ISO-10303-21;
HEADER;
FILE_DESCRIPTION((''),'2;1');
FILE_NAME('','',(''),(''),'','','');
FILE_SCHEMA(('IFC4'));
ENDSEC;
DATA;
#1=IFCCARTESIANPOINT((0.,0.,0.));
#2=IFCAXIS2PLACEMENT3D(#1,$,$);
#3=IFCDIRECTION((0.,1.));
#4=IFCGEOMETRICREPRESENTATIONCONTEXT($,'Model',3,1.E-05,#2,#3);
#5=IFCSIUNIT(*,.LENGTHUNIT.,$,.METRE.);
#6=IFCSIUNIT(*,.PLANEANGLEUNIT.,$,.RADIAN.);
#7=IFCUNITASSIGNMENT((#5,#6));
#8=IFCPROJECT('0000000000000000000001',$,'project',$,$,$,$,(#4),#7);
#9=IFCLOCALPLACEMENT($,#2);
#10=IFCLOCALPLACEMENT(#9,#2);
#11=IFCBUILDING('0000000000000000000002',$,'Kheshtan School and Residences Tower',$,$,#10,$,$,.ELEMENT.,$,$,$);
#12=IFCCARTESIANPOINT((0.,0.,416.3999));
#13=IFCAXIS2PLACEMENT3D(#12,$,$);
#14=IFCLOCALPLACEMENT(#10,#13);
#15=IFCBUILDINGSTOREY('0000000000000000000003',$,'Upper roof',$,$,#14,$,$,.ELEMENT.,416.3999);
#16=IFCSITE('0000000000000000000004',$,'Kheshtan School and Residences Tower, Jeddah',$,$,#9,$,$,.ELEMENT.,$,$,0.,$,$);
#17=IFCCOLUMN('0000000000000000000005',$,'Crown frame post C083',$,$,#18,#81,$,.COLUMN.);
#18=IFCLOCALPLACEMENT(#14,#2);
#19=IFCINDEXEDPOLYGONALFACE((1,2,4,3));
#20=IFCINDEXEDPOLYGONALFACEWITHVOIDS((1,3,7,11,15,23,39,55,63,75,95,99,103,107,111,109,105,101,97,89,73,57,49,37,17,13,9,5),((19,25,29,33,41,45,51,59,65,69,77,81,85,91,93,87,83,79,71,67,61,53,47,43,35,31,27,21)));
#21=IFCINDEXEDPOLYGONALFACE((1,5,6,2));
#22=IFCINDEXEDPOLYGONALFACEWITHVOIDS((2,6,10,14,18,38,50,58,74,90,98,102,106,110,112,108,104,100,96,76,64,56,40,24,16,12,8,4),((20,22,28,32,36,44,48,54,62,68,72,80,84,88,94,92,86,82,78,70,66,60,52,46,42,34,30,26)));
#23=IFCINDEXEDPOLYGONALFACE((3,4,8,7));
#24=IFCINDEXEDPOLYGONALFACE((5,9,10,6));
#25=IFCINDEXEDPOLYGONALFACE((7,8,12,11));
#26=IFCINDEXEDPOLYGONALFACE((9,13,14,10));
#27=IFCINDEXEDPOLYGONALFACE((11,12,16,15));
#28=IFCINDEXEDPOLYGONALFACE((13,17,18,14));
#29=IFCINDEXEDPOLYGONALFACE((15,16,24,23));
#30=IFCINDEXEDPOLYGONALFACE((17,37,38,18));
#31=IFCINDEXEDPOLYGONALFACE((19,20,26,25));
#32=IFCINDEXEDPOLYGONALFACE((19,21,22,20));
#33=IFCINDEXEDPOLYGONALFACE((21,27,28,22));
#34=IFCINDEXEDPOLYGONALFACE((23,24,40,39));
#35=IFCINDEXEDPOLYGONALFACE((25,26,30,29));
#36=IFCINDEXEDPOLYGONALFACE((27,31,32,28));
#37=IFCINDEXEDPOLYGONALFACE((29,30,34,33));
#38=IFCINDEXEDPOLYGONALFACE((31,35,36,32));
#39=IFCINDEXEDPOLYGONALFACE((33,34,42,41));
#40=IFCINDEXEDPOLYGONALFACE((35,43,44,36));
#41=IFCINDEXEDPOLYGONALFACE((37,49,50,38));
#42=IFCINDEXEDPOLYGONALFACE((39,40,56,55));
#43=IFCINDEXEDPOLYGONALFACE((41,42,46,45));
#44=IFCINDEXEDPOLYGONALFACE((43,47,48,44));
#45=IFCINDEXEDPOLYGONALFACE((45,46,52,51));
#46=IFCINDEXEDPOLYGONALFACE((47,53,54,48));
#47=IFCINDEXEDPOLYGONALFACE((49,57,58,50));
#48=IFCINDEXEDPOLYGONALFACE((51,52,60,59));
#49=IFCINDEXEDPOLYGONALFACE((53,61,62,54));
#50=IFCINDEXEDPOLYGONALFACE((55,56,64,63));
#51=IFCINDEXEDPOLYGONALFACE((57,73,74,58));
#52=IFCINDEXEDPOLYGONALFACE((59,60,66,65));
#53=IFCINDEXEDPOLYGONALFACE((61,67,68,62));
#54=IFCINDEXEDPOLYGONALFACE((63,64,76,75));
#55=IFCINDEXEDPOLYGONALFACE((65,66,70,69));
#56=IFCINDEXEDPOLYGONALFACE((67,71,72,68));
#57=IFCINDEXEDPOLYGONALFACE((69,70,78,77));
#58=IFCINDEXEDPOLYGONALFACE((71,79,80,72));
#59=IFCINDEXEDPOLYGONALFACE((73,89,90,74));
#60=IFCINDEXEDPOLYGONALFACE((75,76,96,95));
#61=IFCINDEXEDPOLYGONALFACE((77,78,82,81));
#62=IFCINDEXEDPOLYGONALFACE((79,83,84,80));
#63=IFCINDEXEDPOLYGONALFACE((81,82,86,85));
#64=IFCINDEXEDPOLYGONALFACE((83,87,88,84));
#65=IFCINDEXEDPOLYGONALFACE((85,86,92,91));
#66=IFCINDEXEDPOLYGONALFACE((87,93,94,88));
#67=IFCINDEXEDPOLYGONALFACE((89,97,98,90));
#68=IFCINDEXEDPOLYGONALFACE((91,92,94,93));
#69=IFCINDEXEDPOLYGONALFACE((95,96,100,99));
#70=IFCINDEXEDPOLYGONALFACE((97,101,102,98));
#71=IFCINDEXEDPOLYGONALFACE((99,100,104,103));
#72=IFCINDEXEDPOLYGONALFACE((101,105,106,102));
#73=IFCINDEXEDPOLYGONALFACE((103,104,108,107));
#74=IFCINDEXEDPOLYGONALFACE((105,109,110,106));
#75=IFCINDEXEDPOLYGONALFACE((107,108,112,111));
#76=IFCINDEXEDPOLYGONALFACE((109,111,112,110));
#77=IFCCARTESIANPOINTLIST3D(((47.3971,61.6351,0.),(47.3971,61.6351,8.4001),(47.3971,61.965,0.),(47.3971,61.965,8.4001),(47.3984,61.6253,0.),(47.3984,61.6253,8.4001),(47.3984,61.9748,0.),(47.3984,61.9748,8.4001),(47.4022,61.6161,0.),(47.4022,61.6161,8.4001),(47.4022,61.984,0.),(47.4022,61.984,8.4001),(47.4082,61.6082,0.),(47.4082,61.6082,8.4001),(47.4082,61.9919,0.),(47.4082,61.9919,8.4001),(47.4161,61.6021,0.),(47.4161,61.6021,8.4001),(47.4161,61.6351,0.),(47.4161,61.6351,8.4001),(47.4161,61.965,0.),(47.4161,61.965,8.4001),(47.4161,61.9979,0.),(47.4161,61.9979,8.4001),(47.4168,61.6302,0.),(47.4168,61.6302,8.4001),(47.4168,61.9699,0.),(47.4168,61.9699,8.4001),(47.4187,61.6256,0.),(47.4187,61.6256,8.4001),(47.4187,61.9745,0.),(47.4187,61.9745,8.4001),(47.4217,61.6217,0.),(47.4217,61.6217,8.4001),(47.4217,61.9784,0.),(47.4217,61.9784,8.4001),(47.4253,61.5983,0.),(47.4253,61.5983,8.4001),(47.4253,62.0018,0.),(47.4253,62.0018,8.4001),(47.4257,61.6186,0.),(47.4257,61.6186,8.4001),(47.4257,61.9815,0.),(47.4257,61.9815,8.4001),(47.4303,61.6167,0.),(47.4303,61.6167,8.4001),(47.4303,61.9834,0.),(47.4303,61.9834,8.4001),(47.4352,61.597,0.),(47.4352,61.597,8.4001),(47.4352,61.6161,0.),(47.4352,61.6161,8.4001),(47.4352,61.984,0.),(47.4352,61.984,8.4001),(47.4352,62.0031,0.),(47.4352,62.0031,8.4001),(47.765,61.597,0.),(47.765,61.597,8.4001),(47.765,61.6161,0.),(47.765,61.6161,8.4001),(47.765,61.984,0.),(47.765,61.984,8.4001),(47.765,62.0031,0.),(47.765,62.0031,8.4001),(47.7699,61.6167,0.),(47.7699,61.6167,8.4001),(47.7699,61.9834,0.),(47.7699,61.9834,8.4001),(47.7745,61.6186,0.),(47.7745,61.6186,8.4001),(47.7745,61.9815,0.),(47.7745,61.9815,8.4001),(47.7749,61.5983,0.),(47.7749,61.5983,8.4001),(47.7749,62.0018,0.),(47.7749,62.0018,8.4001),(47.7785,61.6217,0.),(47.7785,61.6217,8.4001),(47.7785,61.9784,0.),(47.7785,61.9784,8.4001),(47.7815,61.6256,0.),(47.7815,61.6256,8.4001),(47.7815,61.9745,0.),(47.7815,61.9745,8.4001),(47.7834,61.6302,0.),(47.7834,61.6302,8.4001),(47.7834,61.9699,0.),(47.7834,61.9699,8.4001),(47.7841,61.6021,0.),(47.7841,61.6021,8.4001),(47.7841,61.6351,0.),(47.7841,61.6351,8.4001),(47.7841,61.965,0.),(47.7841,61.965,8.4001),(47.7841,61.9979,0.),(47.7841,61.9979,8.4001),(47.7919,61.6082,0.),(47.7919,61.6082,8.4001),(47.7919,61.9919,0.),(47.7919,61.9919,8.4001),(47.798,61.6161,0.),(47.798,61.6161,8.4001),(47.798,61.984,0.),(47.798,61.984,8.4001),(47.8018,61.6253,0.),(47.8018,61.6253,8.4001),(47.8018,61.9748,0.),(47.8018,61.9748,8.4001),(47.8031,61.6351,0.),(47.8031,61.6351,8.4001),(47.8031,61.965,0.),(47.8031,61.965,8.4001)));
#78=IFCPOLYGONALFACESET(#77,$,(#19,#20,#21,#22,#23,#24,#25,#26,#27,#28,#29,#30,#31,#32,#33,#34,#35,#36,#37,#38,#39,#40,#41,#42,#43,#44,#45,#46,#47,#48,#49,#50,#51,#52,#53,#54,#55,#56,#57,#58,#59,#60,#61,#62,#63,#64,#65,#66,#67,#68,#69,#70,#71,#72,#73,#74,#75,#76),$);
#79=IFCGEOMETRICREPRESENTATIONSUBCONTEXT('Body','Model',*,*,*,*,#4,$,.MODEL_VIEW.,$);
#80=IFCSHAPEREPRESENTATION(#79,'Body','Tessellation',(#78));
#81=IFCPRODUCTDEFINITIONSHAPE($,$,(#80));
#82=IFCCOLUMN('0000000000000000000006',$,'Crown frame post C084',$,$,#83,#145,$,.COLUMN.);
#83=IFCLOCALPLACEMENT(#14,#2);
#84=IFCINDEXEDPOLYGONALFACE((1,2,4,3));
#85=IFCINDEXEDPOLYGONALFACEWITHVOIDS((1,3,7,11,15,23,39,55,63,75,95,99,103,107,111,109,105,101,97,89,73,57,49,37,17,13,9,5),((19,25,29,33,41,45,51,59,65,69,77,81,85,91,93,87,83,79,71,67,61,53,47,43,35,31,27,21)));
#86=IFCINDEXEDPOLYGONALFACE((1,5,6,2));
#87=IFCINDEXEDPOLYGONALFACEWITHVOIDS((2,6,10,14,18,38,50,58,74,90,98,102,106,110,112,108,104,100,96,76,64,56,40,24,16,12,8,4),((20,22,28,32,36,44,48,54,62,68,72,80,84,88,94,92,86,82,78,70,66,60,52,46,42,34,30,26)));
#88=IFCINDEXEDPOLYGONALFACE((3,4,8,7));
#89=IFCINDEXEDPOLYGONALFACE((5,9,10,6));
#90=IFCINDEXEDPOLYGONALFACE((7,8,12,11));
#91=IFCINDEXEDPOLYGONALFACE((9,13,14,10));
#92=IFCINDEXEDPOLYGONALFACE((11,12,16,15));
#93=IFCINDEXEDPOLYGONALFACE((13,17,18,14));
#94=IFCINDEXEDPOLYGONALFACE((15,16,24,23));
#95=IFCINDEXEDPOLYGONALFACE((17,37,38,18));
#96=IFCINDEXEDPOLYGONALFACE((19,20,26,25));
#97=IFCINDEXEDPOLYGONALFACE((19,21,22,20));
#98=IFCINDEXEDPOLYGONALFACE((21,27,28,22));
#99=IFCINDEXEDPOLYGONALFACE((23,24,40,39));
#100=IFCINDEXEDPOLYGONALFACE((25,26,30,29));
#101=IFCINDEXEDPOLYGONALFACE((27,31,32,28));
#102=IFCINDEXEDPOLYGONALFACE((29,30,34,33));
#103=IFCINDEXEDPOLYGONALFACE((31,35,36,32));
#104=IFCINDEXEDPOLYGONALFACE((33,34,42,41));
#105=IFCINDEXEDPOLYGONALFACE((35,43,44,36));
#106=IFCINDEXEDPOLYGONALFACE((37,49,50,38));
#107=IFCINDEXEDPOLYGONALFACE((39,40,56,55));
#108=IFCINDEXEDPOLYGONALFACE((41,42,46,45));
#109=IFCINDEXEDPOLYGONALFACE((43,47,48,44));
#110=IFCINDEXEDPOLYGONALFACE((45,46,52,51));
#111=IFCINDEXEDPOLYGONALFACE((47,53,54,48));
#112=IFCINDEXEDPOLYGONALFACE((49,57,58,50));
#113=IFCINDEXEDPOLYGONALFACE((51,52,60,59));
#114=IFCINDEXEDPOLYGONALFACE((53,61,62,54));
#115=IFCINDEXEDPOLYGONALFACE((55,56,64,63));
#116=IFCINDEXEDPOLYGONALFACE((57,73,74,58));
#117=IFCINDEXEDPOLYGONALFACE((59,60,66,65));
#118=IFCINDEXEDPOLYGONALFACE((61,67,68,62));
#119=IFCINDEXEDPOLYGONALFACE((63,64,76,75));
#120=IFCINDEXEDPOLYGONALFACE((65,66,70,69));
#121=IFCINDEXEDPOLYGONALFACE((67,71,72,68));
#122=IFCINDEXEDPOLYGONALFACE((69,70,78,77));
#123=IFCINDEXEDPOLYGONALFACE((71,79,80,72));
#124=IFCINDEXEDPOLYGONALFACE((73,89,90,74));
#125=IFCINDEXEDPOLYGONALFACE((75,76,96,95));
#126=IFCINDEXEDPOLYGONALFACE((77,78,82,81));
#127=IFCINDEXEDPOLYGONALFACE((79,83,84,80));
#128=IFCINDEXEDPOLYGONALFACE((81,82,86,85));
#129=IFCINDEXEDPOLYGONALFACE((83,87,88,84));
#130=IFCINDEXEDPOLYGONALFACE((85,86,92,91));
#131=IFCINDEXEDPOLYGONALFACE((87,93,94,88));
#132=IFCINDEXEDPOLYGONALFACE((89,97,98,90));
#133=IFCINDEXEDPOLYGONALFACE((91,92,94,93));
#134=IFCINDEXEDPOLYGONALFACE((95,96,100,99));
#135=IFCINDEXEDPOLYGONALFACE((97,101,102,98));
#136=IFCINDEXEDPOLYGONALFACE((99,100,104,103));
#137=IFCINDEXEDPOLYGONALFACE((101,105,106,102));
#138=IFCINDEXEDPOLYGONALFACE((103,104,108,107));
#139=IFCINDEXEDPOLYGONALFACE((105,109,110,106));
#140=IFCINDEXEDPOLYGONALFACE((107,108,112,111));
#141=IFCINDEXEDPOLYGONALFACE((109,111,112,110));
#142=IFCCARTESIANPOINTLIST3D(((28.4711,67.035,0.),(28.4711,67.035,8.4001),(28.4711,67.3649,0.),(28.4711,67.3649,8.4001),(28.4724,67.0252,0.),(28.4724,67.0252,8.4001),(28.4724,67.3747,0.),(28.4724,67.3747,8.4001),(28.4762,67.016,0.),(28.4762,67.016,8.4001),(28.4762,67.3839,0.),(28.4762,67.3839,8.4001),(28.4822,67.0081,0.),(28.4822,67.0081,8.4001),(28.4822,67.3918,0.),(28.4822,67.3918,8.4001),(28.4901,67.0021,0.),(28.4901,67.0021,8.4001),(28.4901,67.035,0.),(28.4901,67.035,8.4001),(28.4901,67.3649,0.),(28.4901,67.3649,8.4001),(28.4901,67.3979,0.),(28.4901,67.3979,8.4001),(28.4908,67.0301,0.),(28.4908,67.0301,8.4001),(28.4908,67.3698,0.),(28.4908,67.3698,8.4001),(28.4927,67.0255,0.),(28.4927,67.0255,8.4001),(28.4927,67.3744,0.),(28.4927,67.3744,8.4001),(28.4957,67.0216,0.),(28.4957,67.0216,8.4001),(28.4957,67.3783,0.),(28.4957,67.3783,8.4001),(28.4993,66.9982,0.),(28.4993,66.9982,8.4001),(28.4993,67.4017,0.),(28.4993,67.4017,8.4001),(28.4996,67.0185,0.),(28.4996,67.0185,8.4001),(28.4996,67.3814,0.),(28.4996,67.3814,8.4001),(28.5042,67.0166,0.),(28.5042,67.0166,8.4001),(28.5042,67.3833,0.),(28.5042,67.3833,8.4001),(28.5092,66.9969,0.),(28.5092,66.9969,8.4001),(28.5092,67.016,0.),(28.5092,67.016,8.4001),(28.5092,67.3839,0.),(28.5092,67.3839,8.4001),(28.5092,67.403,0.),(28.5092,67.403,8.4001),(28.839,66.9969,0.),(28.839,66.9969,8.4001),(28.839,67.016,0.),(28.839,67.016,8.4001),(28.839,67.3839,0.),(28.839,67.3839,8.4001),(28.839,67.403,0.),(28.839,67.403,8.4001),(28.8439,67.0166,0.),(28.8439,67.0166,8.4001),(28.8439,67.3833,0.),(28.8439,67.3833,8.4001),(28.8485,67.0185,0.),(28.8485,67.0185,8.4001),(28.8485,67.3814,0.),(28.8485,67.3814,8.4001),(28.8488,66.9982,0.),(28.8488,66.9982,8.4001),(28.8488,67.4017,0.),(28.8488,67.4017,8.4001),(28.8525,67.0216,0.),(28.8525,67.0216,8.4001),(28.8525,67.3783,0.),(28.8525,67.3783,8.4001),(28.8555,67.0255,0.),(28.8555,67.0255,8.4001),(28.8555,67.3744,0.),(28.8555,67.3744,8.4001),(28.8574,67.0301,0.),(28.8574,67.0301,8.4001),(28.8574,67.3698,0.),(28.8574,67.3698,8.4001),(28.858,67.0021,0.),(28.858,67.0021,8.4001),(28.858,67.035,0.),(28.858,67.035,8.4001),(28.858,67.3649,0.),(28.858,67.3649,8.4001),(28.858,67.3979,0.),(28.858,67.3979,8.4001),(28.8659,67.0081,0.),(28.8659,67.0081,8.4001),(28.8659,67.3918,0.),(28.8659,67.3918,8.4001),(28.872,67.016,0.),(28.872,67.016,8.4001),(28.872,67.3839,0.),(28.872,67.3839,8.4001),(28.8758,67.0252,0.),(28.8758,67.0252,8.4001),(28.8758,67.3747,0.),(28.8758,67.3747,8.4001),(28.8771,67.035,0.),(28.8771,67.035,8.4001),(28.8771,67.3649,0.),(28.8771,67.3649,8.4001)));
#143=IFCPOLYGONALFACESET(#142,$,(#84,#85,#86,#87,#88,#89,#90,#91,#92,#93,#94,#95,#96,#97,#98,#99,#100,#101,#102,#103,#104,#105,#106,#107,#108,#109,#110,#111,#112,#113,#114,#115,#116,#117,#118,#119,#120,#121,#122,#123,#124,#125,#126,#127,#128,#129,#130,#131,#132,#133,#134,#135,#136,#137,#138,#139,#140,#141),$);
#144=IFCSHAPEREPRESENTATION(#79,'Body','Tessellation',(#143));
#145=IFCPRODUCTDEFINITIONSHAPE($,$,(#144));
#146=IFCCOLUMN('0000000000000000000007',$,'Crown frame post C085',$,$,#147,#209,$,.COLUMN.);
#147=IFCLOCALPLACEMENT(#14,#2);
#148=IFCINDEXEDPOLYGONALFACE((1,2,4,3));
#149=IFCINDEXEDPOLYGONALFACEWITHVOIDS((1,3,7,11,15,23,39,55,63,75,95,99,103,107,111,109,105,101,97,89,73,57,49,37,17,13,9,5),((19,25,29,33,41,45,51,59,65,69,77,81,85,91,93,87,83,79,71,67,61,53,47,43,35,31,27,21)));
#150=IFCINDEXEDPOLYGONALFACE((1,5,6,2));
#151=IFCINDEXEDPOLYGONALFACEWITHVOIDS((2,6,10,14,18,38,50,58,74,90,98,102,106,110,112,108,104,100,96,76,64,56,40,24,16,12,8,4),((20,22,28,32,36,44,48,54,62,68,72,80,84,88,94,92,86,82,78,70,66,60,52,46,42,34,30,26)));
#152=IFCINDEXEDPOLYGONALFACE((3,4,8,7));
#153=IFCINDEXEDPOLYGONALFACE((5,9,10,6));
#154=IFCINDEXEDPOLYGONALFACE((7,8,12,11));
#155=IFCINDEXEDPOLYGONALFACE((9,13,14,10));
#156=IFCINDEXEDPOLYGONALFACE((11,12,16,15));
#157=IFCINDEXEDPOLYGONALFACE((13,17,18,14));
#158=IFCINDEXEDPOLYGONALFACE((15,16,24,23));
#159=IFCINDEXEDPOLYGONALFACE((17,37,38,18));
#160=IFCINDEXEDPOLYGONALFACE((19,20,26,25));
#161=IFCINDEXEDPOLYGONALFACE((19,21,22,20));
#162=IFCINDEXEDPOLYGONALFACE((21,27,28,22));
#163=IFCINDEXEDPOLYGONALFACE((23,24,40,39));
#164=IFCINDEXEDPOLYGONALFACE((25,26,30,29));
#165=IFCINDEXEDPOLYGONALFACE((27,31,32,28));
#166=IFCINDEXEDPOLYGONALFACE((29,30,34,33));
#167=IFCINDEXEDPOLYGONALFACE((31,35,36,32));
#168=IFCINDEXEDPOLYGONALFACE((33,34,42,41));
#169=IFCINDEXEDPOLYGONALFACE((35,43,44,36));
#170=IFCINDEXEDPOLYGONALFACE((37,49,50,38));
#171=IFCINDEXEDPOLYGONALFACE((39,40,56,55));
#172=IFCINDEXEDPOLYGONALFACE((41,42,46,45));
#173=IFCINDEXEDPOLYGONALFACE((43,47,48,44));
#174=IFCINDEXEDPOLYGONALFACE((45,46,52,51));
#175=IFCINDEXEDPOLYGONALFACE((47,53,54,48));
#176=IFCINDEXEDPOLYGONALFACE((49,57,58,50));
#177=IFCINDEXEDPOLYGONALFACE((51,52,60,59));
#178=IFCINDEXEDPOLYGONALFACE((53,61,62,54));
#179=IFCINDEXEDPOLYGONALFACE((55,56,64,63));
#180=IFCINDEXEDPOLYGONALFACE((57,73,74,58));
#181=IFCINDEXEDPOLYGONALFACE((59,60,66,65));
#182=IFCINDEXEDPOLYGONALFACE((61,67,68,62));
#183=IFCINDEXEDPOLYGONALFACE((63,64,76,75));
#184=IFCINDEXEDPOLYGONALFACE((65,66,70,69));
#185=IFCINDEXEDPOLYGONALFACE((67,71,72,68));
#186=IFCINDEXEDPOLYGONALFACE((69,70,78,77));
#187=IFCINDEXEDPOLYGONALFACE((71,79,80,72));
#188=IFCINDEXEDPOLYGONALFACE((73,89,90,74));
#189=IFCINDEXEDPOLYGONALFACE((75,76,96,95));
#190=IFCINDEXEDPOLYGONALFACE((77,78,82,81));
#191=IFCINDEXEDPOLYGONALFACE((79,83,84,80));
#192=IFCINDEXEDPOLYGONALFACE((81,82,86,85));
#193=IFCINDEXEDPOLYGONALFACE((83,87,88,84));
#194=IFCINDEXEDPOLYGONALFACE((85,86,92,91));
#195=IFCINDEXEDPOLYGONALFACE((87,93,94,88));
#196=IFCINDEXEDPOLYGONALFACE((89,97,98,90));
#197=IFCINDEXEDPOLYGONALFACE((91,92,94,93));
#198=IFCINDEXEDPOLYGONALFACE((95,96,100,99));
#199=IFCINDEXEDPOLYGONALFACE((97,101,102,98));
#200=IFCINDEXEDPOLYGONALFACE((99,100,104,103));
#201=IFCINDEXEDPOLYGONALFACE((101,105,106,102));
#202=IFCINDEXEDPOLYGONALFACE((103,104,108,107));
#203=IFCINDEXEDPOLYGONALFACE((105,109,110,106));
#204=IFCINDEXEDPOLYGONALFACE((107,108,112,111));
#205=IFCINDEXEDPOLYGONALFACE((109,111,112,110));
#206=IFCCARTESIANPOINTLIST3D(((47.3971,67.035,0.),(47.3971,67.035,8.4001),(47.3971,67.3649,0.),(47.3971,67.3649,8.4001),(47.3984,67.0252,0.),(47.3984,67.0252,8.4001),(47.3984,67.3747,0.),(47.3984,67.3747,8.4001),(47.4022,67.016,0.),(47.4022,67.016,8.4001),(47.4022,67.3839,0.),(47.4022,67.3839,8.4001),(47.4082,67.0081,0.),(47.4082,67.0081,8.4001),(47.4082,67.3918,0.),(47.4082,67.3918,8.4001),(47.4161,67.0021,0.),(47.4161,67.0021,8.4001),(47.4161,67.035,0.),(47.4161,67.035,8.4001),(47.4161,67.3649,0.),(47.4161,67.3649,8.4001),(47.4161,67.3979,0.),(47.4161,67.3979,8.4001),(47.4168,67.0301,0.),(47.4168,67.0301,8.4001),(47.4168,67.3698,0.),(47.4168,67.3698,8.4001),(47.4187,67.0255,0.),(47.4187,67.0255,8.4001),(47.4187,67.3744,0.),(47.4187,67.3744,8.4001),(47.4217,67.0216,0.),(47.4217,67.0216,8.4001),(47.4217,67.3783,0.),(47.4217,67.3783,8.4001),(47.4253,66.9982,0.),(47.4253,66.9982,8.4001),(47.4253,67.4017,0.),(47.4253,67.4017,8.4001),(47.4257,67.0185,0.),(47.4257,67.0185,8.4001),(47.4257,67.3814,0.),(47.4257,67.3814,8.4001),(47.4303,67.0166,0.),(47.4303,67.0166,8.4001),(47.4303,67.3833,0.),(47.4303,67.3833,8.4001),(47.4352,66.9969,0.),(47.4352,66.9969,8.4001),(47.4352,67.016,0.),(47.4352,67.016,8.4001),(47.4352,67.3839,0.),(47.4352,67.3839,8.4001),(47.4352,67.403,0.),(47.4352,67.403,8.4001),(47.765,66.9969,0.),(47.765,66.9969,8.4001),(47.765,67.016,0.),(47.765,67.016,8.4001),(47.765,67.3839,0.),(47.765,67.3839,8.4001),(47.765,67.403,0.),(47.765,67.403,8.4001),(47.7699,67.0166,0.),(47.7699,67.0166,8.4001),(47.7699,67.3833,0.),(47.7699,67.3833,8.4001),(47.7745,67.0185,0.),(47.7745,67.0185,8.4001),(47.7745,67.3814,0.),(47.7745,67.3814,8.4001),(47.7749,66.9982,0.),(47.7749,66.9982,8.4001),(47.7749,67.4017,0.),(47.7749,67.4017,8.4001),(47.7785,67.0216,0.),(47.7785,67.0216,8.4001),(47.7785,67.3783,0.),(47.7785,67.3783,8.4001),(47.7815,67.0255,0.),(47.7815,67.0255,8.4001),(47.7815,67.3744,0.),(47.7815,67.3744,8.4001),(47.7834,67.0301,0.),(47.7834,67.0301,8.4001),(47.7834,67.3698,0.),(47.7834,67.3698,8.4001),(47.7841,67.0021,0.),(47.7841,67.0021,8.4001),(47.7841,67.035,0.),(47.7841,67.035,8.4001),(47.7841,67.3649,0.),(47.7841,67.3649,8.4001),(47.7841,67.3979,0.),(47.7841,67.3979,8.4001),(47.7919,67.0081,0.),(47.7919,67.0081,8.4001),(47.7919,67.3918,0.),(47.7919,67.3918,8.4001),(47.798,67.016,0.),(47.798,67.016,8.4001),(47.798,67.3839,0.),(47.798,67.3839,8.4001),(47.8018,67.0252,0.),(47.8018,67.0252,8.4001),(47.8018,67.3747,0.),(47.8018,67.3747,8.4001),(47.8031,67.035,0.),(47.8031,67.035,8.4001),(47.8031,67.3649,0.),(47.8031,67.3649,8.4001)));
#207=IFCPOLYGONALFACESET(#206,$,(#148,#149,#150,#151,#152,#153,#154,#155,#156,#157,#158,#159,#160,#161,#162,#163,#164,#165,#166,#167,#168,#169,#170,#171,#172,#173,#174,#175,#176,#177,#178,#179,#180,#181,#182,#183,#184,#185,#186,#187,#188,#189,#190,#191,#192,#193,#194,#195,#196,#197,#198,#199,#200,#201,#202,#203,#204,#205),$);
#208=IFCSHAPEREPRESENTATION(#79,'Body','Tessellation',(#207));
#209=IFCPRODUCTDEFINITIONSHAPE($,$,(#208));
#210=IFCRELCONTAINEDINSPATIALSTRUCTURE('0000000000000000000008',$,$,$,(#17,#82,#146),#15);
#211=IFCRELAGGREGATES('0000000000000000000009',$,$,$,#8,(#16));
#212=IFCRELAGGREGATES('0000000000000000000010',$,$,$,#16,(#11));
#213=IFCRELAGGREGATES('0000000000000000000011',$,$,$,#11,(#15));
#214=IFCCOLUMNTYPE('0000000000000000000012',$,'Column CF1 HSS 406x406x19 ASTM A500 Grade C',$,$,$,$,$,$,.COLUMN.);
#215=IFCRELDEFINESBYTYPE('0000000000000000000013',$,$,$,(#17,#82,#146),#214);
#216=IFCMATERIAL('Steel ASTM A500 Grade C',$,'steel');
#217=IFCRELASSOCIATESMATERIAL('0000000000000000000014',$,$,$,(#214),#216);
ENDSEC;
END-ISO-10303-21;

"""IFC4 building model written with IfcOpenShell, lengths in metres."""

from ifc_helpers import new_model, si_unit, direction, frame, origin, origin_2d, place, context, subcontext, project, spatial, hollow_rectangle, extrude, material, material_profile, profile_set, type_object, element, save


model = new_model("IFC4")

# Units and contexts
model_context = context("Model", 3, precision=1e-05, world=origin(), true_north=direction((0.0, 1.0)))
body_context = subcontext(model_context, "Body", "Model", "MODEL_VIEW")
ifc_project = project(units=[si_unit("LENGTHUNIT", "METRE"), si_unit("PLANEANGLEUNIT", "RADIAN")], contexts=[model_context])

# Site, building, storey
site_placement = place(None, origin())
site = spatial("IfcSite", under=ifc_project, at=site_placement, Name="Kheshtan School and Residences Tower, Jeddah", CompositionType="ELEMENT", RefElevation=0.0)
building_placement = place(site_placement, origin())
building = spatial("IfcBuilding", under=site, at=building_placement, Name="Kheshtan School and Residences Tower", CompositionType="ELEMENT")
storey_placement = place(building_placement, frame((0.0, 0.0, 416.3999)))
storey = spatial("IfcBuildingStorey", under=building, at=storey_placement, Name="Upper roof", CompositionType="ELEMENT", Elevation=416.3999)

# Columns
ifc_material_1 = material(Name="Steel ASTM A500 Grade C", Category="steel")
ifc_material_profile = material_profile(ifc_material_1, hollow_rectangle(XDim=0.406, YDim=0.406, WallThickness=0.019, InnerFilletRadius=0.019, OuterFilletRadius=0.0381, at=origin_2d()), Name="HSS 406x406x19")
ifc_profile_set = profile_set([ifc_material_profile], Name="Steel ASTM A500 Grade C")
column_type = type_object("IfcColumnType", Name="Column CF1 HSS 406x406x19 ASTM A500 Grade C", PredefinedType="COLUMN", material=ifc_profile_set)
for number, where, z_axis, x_axis, name in (
    (1, (47.6001, 61.8, 0.0), (0.0, 0.0, 1.0), (1.0, 0.0, 0.0), "Crown frame post C083"),
    (2, (28.6741, 67.2, 0.0), (0.0, 0.0, 1.0), (1.0, 0.0, 0.0), "Crown frame post C084"),
    (3, (47.6001, 67.2, 0.0), (0.0, 0.0, 1.0), (1.0, 0.0, 0.0), "Crown frame post C085"),
):
    element("IfcColumn", number, at=place(storey_placement, frame(where, z_axis=z_axis, x_axis=x_axis)), inside=storey, type_object=column_type, Name=name, PredefinedType="COLUMN", context=body_context, shape_type="SweptSolid", body=[
        extrude(hollow_rectangle(XDim=0.406, YDim=0.406, WallThickness=0.019, InnerFilletRadius=0.019, OuterFilletRadius=0.0381, at=origin_2d()), origin(), (0.0, 0.0, 1.0), 8.4001),
    ])

save(model, "model.ifc")
